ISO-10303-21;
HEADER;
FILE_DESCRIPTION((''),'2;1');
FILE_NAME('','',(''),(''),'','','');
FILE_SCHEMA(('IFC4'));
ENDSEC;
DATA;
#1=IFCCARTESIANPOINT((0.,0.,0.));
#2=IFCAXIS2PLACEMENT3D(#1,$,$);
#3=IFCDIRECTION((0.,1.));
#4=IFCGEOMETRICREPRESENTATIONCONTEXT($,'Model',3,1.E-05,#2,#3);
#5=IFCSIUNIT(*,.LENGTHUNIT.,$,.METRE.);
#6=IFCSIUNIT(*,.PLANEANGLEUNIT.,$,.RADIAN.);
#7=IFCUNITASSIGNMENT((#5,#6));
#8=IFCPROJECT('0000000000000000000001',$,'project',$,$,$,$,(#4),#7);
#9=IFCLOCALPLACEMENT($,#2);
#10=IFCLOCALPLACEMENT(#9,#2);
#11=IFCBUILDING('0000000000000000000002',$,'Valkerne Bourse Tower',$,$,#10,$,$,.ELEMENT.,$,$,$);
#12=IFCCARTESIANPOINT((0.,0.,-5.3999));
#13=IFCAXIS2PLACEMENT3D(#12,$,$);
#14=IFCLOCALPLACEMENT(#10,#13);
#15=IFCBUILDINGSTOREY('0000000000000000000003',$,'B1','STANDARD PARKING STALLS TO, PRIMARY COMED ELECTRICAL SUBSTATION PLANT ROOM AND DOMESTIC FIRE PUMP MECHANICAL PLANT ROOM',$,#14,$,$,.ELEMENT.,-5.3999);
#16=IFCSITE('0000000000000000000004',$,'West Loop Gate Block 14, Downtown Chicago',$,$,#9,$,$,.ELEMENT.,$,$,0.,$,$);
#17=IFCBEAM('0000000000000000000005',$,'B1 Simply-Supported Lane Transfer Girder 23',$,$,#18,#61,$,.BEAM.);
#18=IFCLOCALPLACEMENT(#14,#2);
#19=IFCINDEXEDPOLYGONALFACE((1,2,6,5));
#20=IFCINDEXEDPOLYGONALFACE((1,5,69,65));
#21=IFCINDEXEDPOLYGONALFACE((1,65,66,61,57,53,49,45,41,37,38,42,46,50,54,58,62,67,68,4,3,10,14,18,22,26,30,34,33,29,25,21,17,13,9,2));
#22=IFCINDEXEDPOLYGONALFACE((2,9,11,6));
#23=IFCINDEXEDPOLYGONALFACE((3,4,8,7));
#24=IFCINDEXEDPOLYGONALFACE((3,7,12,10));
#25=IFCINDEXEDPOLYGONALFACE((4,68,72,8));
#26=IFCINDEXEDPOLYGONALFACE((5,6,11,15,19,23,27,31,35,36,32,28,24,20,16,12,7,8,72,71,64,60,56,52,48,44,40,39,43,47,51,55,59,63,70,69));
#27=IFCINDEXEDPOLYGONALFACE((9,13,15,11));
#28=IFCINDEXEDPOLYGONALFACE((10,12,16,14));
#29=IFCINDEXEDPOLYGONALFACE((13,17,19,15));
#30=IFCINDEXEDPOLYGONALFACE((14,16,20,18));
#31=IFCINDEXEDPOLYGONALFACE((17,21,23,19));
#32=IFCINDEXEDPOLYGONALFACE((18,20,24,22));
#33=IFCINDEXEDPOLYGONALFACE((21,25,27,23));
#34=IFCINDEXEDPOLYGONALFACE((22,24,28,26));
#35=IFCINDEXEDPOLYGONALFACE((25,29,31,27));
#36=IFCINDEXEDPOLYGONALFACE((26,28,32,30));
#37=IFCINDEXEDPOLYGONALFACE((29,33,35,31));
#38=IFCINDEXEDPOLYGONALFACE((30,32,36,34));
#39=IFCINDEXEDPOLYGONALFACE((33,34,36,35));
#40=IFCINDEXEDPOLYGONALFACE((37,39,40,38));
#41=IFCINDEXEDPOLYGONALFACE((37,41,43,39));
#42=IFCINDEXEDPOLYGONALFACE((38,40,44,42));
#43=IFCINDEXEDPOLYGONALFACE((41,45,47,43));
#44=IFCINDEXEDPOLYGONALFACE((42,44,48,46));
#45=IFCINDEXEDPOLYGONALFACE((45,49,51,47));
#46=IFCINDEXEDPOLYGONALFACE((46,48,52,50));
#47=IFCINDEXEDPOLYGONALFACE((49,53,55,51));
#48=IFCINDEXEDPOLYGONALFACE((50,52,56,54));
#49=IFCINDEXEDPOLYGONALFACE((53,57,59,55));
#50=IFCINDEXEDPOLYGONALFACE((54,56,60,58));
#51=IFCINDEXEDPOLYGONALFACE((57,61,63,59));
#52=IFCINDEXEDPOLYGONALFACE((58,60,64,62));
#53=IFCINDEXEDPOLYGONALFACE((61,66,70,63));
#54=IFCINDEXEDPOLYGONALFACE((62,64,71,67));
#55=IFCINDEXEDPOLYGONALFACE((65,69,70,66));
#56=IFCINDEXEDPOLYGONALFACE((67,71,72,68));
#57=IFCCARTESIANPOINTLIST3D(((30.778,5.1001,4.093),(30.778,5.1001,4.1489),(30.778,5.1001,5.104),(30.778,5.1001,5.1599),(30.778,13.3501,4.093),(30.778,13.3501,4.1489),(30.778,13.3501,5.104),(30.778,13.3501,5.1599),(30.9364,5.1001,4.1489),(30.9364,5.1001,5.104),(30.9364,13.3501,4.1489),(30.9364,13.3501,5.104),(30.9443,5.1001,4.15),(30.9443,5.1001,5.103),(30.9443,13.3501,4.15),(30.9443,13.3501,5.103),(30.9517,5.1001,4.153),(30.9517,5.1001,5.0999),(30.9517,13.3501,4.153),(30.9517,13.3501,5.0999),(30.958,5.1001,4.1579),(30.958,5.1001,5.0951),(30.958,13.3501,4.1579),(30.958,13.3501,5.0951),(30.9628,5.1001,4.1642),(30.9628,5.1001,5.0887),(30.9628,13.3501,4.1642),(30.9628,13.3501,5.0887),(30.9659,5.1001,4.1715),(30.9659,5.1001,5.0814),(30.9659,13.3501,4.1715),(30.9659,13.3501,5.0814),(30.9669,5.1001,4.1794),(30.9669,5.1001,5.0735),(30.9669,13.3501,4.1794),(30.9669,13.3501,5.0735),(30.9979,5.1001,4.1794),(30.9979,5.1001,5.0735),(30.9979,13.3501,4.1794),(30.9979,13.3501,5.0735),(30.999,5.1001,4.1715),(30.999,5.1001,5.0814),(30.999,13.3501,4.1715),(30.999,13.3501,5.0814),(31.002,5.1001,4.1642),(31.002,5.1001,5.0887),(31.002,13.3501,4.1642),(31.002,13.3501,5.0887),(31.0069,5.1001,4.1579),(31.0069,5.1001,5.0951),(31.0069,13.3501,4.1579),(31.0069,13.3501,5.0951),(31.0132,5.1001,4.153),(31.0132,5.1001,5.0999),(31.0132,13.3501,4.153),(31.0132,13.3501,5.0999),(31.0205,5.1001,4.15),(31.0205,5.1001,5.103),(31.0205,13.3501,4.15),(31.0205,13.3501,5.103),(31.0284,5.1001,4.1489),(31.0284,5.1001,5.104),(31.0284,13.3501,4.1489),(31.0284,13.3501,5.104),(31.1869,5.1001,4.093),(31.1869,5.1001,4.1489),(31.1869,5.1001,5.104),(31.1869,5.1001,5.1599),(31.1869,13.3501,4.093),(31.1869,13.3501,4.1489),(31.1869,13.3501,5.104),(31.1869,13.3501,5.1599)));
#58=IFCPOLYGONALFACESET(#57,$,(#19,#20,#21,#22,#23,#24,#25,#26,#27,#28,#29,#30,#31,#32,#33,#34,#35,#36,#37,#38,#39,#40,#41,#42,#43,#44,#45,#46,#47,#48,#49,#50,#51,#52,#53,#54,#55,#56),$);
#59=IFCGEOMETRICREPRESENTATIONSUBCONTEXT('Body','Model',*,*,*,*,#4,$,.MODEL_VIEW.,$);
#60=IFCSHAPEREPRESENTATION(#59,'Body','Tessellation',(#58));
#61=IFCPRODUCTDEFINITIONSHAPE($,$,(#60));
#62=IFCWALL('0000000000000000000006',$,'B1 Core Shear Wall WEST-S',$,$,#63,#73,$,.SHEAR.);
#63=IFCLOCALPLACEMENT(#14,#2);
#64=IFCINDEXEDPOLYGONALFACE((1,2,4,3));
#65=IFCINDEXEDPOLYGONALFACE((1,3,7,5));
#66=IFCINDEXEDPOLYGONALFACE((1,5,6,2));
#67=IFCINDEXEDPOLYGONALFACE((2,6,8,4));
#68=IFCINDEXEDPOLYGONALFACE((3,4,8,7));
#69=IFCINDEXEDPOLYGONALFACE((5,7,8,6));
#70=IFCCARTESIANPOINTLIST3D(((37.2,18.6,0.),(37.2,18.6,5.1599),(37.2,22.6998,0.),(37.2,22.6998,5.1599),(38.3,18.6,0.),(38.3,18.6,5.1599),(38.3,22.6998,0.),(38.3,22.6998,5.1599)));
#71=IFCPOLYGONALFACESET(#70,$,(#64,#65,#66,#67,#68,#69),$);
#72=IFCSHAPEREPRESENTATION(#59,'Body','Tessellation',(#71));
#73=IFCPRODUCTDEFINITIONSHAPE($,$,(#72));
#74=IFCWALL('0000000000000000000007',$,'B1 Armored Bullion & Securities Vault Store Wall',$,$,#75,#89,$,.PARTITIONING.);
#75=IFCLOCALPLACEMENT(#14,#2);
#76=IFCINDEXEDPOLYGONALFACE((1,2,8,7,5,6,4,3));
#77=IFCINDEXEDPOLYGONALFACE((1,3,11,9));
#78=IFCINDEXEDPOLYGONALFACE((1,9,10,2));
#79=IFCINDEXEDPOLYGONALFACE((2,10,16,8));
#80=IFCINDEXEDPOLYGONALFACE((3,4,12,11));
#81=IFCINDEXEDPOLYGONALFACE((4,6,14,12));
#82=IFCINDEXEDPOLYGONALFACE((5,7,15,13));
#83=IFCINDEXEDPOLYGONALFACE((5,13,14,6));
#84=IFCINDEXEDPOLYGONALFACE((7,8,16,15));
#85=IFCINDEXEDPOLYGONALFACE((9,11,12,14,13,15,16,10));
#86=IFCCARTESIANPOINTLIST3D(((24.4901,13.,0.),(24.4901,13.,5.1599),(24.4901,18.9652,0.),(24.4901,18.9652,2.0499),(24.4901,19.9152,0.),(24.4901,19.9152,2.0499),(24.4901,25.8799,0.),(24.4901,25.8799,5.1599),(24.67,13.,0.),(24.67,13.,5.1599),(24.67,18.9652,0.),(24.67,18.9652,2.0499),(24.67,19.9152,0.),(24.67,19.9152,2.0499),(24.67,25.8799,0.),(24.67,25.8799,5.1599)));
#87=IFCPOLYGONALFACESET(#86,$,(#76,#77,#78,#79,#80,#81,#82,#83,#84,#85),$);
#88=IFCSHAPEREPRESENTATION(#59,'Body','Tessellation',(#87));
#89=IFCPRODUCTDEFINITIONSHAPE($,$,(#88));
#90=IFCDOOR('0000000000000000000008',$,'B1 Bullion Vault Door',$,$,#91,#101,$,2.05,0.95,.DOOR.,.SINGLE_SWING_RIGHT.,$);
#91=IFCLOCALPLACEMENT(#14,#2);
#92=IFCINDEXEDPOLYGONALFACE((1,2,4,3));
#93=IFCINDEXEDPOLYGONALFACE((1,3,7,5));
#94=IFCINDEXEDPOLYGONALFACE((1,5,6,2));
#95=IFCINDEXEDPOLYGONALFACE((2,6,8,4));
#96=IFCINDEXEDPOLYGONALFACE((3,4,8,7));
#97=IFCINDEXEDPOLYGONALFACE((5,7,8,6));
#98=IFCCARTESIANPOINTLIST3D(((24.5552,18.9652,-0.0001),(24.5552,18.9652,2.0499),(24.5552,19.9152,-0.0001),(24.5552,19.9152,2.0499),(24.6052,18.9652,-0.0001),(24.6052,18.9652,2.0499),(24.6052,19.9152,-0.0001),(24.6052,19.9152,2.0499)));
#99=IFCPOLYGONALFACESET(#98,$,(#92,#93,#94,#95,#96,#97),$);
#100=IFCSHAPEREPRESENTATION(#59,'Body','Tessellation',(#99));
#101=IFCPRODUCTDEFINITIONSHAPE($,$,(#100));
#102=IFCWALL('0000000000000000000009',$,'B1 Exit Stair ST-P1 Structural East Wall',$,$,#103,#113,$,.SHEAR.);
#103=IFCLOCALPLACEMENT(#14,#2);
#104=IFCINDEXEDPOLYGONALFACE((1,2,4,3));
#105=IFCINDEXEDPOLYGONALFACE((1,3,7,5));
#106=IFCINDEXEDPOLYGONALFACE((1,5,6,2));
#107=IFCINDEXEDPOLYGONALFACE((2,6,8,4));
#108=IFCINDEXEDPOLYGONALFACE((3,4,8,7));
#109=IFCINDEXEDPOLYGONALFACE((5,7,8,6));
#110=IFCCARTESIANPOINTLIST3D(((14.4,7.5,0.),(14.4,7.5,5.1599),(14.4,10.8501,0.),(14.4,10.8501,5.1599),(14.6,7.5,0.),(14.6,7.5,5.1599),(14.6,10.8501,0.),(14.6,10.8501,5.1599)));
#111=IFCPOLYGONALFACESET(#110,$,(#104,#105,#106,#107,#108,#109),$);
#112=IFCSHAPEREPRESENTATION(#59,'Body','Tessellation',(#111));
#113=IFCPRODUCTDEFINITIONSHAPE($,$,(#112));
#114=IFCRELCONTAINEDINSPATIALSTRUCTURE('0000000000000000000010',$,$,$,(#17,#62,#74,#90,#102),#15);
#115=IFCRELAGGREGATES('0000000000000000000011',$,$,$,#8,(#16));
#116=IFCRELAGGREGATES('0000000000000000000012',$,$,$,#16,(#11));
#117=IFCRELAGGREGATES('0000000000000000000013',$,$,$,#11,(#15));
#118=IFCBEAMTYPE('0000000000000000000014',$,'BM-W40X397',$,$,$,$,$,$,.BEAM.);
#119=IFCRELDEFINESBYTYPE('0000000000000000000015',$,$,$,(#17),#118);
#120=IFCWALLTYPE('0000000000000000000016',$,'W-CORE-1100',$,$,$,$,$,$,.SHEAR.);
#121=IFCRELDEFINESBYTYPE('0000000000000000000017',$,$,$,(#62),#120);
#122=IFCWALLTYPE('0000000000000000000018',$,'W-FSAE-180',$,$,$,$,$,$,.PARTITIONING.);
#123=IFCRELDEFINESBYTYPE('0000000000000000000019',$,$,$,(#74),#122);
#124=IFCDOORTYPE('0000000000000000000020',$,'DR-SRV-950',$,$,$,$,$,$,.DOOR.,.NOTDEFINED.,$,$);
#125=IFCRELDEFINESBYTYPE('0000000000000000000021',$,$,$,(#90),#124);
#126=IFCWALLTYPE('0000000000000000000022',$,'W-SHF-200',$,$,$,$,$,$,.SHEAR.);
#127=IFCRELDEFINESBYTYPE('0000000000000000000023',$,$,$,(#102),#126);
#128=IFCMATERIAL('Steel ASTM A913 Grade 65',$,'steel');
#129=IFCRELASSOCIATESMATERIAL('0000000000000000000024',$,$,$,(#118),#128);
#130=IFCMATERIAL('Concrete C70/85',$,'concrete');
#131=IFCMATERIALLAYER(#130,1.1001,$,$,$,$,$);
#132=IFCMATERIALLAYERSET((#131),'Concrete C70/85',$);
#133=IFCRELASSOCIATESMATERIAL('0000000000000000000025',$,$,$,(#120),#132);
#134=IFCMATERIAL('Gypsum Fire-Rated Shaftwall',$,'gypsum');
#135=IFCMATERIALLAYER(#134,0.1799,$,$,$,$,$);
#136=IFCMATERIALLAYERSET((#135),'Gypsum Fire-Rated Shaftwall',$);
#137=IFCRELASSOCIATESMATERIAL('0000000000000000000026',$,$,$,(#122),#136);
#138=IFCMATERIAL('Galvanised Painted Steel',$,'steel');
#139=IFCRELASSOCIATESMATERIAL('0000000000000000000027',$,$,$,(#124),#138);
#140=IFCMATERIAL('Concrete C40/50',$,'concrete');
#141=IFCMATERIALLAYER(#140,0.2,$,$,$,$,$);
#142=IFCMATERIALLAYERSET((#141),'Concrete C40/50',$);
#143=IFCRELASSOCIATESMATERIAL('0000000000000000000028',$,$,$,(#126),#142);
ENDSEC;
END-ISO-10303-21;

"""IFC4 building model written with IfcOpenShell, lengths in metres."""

from ifc_helpers import new_model, si_unit, direction, frame, frame_2d, origin, origin_2d, place, context, subcontext, project, spatial, rectangle, i_section, extrude, material, layer, layer_set, material_profile, profile_set, type_object, element, fill, save


model = new_model("IFC4")

# Units and contexts
model_context = context("Model", 3, precision=1e-05, world=origin(), true_north=direction((0.0, 1.0)))
body_context = subcontext(model_context, "Body", "Model", "MODEL_VIEW")
ifc_project = project(units=[si_unit("LENGTHUNIT", "METRE"), si_unit("PLANEANGLEUNIT", "RADIAN")], contexts=[model_context])

# Site, building, storey
site_placement = place(None, origin())
site = spatial("IfcSite", under=ifc_project, at=site_placement, Name="West Loop Gate Block 14, Downtown Chicago", CompositionType="ELEMENT", RefElevation=0.0)
building_placement = place(site_placement, origin())
building = spatial("IfcBuilding", under=site, at=building_placement, Name="Valkerne Bourse Tower", CompositionType="ELEMENT")
storey_placement = place(building_placement, frame((0.0, 0.0, -5.3999)))
storey = spatial("IfcBuildingStorey", under=building, at=storey_placement, Name="B1", Description="STANDARD PARKING STALLS TO, PRIMARY COMED ELECTRICAL SUBSTATION PLANT ROOM AND DOMESTIC FIRE PUMP MECHANICAL PLANT ROOM", CompositionType="ELEMENT", Elevation=-5.3999)

# Shared definitions
ifc_material_1 = material(Name="Concrete C70/85", Category="concrete")
ifc_material_2 = material(Name="Steel ASTM A913 Grade 65", Category="steel")

# Beam
ifc_material_profile_1 = material_profile(ifc_material_2, i_section(OverallWidth=0.4089, OverallDepth=1.0669, WebThickness=0.031, FlangeThickness=0.0559, FilletRadius=0.0305, at=origin_2d()), Name="W40X397")
ifc_profile_set_1 = profile_set([ifc_material_profile_1], Name="Steel ASTM A913 Grade 65")
beam_type_1 = type_object("IfcBeamType", Name="BM-W40X397", PredefinedType="BEAM", material=ifc_profile_set_1)
for number, where, z_axis, x_axis, name in (
    (1, (30.9824, 5.1001, 4.6265), (0.0, 1.0, 0.0), (-1.0, 0.0, 0.0), "B1 Simply-Supported Lane Transfer Girder 23"),
):
    element("IfcBeam", number, at=place(storey_placement, frame(where, z_axis=z_axis, x_axis=x_axis)), inside=storey, type_object=beam_type_1, Name=name, PredefinedType="BEAM", context=body_context, shape_type="SweptSolid", body=[
        extrude(i_section(OverallWidth=0.4089, OverallDepth=1.0669, WebThickness=0.031, FlangeThickness=0.0559, FilletRadius=0.0305, at=origin_2d()), origin(), (0.0, 0.0, 1.0), 8.25),
    ])

# Shared definitions
ifc_layer_1 = layer(ifc_material_1, 1.1001)
ifc_layer_set_1 = layer_set([ifc_layer_1], Name="Concrete C70/85")
wall_type_1 = type_object("IfcWallType", Name="W-CORE-1100", PredefinedType="SHEAR", material=ifc_layer_set_1)
ifc_material_3 = material(Name="Galvanised Painted Steel", Category="steel")

# Wall
wall_1_placement = place(storey_placement, frame((37.75, 18.6001, 0.0), z_axis=(0.0, 0.0, 1.0), x_axis=(0.0, 1.0, 0.0)))
element("IfcWall", 2, at=wall_1_placement, inside=storey, type_object=wall_type_1, Name="B1 Core Shear Wall WEST-S", PredefinedType="SHEAR", context=body_context, shape_type="SweptSolid", body=[
    extrude(rectangle(XDim=4.0999, YDim=1.1001, at=frame_2d((2.0498, 0.0))), origin(), (0.0, 0.0, 1.0), 5.1599),
])

# Wall, opening, door
ifc_material_4 = material(Name="Gypsum Fire-Rated Shaftwall", Category="gypsum")
ifc_layer_2 = layer(ifc_material_4, 0.1799)
ifc_layer_set_2 = layer_set([ifc_layer_2], Name="Gypsum Fire-Rated Shaftwall")
wall_type_2 = type_object("IfcWallType", Name="W-FSAE-180", PredefinedType="PARTITIONING", material=ifc_layer_set_2)
wall_2_placement = place(storey_placement, frame((24.5801, 13.0, 0.0), z_axis=(0.0, 0.0, 1.0), x_axis=(0.0, 1.0, 0.0)))
wall_2 = element("IfcWall", 3, at=wall_2_placement, inside=storey, type_object=wall_type_2, Name="B1 Armored Bullion & Securities Vault Store Wall", PredefinedType="PARTITIONING", context=body_context, shape_type="SweptSolid", body=[
    extrude(rectangle(XDim=12.8799, YDim=0.1799, at=frame_2d((6.4399, 0.0))), origin(), (0.0, 0.0, 1.0), 5.1599),
])
opening_1_placement = place(wall_2_placement, frame((5.9651, 0.0, 0.0)))
opening_1 = element("IfcOpeningElement", 4, at=opening_1_placement, cuts=wall_2, PredefinedType="OPENING", context=body_context, shape_type="SweptSolid", body=[
    extrude(rectangle(XDim=0.95, YDim=2.05, at=frame_2d((0.4751, 1.0249))), frame((0.0, 0.0999, 0.0), z_axis=(0.0, -1.0, 0.0), x_axis=(1.0, 0.0, 0.0)), (0.0, 0.0, 1.0), 0.2),
])
door_type_1 = type_object("IfcDoorType", Name="DR-SRV-950", OperationType="NOTDEFINED", PredefinedType="DOOR", material=ifc_material_3)
door_1_placement = place(opening_1_placement, origin())
door_1 = element("IfcDoor", 5, at=door_1_placement, inside=storey, type_object=door_type_1, Name="B1 Bullion Vault Door", OperationType="SINGLE_SWING_RIGHT", OverallHeight=2.05, OverallWidth=0.95, PredefinedType="DOOR", context=body_context, shape_type="SweptSolid", body=[
    extrude(rectangle(XDim=0.95, YDim=2.05, at=frame_2d((0.4751, 1.0249))), frame((0.0, 0.0249, 0.0), z_axis=(0.0, -1.0, 0.0), x_axis=(1.0, 0.0, 0.0)), (0.0, 0.0, 1.0), 0.05),
])
fill(opening_1, door_1)

# Wall
ifc_material_5 = material(Name="Concrete C40/50", Category="concrete")
ifc_layer_3 = layer(ifc_material_5, 0.2)
ifc_layer_set_3 = layer_set([ifc_layer_3], Name="Concrete C40/50")
wall_type_3 = type_object("IfcWallType", Name="W-SHF-200", PredefinedType="SHEAR", material=ifc_layer_set_3)
wall_3_placement = place(storey_placement, frame((14.5, 7.5, 0.0), z_axis=(0.0, 0.0, 1.0), x_axis=(0.0, 1.0, 0.0)))
element("IfcWall", 6, at=wall_3_placement, inside=storey, type_object=wall_type_3, Name="B1 Exit Stair ST-P1 Structural East Wall", PredefinedType="SHEAR", context=body_context, shape_type="SweptSolid", body=[
    extrude(rectangle(XDim=3.3501, YDim=0.2, at=frame_2d((1.675, 0.0))), origin(), (0.0, 0.0, 1.0), 5.1599),
])

save(model, "model.ifc")
